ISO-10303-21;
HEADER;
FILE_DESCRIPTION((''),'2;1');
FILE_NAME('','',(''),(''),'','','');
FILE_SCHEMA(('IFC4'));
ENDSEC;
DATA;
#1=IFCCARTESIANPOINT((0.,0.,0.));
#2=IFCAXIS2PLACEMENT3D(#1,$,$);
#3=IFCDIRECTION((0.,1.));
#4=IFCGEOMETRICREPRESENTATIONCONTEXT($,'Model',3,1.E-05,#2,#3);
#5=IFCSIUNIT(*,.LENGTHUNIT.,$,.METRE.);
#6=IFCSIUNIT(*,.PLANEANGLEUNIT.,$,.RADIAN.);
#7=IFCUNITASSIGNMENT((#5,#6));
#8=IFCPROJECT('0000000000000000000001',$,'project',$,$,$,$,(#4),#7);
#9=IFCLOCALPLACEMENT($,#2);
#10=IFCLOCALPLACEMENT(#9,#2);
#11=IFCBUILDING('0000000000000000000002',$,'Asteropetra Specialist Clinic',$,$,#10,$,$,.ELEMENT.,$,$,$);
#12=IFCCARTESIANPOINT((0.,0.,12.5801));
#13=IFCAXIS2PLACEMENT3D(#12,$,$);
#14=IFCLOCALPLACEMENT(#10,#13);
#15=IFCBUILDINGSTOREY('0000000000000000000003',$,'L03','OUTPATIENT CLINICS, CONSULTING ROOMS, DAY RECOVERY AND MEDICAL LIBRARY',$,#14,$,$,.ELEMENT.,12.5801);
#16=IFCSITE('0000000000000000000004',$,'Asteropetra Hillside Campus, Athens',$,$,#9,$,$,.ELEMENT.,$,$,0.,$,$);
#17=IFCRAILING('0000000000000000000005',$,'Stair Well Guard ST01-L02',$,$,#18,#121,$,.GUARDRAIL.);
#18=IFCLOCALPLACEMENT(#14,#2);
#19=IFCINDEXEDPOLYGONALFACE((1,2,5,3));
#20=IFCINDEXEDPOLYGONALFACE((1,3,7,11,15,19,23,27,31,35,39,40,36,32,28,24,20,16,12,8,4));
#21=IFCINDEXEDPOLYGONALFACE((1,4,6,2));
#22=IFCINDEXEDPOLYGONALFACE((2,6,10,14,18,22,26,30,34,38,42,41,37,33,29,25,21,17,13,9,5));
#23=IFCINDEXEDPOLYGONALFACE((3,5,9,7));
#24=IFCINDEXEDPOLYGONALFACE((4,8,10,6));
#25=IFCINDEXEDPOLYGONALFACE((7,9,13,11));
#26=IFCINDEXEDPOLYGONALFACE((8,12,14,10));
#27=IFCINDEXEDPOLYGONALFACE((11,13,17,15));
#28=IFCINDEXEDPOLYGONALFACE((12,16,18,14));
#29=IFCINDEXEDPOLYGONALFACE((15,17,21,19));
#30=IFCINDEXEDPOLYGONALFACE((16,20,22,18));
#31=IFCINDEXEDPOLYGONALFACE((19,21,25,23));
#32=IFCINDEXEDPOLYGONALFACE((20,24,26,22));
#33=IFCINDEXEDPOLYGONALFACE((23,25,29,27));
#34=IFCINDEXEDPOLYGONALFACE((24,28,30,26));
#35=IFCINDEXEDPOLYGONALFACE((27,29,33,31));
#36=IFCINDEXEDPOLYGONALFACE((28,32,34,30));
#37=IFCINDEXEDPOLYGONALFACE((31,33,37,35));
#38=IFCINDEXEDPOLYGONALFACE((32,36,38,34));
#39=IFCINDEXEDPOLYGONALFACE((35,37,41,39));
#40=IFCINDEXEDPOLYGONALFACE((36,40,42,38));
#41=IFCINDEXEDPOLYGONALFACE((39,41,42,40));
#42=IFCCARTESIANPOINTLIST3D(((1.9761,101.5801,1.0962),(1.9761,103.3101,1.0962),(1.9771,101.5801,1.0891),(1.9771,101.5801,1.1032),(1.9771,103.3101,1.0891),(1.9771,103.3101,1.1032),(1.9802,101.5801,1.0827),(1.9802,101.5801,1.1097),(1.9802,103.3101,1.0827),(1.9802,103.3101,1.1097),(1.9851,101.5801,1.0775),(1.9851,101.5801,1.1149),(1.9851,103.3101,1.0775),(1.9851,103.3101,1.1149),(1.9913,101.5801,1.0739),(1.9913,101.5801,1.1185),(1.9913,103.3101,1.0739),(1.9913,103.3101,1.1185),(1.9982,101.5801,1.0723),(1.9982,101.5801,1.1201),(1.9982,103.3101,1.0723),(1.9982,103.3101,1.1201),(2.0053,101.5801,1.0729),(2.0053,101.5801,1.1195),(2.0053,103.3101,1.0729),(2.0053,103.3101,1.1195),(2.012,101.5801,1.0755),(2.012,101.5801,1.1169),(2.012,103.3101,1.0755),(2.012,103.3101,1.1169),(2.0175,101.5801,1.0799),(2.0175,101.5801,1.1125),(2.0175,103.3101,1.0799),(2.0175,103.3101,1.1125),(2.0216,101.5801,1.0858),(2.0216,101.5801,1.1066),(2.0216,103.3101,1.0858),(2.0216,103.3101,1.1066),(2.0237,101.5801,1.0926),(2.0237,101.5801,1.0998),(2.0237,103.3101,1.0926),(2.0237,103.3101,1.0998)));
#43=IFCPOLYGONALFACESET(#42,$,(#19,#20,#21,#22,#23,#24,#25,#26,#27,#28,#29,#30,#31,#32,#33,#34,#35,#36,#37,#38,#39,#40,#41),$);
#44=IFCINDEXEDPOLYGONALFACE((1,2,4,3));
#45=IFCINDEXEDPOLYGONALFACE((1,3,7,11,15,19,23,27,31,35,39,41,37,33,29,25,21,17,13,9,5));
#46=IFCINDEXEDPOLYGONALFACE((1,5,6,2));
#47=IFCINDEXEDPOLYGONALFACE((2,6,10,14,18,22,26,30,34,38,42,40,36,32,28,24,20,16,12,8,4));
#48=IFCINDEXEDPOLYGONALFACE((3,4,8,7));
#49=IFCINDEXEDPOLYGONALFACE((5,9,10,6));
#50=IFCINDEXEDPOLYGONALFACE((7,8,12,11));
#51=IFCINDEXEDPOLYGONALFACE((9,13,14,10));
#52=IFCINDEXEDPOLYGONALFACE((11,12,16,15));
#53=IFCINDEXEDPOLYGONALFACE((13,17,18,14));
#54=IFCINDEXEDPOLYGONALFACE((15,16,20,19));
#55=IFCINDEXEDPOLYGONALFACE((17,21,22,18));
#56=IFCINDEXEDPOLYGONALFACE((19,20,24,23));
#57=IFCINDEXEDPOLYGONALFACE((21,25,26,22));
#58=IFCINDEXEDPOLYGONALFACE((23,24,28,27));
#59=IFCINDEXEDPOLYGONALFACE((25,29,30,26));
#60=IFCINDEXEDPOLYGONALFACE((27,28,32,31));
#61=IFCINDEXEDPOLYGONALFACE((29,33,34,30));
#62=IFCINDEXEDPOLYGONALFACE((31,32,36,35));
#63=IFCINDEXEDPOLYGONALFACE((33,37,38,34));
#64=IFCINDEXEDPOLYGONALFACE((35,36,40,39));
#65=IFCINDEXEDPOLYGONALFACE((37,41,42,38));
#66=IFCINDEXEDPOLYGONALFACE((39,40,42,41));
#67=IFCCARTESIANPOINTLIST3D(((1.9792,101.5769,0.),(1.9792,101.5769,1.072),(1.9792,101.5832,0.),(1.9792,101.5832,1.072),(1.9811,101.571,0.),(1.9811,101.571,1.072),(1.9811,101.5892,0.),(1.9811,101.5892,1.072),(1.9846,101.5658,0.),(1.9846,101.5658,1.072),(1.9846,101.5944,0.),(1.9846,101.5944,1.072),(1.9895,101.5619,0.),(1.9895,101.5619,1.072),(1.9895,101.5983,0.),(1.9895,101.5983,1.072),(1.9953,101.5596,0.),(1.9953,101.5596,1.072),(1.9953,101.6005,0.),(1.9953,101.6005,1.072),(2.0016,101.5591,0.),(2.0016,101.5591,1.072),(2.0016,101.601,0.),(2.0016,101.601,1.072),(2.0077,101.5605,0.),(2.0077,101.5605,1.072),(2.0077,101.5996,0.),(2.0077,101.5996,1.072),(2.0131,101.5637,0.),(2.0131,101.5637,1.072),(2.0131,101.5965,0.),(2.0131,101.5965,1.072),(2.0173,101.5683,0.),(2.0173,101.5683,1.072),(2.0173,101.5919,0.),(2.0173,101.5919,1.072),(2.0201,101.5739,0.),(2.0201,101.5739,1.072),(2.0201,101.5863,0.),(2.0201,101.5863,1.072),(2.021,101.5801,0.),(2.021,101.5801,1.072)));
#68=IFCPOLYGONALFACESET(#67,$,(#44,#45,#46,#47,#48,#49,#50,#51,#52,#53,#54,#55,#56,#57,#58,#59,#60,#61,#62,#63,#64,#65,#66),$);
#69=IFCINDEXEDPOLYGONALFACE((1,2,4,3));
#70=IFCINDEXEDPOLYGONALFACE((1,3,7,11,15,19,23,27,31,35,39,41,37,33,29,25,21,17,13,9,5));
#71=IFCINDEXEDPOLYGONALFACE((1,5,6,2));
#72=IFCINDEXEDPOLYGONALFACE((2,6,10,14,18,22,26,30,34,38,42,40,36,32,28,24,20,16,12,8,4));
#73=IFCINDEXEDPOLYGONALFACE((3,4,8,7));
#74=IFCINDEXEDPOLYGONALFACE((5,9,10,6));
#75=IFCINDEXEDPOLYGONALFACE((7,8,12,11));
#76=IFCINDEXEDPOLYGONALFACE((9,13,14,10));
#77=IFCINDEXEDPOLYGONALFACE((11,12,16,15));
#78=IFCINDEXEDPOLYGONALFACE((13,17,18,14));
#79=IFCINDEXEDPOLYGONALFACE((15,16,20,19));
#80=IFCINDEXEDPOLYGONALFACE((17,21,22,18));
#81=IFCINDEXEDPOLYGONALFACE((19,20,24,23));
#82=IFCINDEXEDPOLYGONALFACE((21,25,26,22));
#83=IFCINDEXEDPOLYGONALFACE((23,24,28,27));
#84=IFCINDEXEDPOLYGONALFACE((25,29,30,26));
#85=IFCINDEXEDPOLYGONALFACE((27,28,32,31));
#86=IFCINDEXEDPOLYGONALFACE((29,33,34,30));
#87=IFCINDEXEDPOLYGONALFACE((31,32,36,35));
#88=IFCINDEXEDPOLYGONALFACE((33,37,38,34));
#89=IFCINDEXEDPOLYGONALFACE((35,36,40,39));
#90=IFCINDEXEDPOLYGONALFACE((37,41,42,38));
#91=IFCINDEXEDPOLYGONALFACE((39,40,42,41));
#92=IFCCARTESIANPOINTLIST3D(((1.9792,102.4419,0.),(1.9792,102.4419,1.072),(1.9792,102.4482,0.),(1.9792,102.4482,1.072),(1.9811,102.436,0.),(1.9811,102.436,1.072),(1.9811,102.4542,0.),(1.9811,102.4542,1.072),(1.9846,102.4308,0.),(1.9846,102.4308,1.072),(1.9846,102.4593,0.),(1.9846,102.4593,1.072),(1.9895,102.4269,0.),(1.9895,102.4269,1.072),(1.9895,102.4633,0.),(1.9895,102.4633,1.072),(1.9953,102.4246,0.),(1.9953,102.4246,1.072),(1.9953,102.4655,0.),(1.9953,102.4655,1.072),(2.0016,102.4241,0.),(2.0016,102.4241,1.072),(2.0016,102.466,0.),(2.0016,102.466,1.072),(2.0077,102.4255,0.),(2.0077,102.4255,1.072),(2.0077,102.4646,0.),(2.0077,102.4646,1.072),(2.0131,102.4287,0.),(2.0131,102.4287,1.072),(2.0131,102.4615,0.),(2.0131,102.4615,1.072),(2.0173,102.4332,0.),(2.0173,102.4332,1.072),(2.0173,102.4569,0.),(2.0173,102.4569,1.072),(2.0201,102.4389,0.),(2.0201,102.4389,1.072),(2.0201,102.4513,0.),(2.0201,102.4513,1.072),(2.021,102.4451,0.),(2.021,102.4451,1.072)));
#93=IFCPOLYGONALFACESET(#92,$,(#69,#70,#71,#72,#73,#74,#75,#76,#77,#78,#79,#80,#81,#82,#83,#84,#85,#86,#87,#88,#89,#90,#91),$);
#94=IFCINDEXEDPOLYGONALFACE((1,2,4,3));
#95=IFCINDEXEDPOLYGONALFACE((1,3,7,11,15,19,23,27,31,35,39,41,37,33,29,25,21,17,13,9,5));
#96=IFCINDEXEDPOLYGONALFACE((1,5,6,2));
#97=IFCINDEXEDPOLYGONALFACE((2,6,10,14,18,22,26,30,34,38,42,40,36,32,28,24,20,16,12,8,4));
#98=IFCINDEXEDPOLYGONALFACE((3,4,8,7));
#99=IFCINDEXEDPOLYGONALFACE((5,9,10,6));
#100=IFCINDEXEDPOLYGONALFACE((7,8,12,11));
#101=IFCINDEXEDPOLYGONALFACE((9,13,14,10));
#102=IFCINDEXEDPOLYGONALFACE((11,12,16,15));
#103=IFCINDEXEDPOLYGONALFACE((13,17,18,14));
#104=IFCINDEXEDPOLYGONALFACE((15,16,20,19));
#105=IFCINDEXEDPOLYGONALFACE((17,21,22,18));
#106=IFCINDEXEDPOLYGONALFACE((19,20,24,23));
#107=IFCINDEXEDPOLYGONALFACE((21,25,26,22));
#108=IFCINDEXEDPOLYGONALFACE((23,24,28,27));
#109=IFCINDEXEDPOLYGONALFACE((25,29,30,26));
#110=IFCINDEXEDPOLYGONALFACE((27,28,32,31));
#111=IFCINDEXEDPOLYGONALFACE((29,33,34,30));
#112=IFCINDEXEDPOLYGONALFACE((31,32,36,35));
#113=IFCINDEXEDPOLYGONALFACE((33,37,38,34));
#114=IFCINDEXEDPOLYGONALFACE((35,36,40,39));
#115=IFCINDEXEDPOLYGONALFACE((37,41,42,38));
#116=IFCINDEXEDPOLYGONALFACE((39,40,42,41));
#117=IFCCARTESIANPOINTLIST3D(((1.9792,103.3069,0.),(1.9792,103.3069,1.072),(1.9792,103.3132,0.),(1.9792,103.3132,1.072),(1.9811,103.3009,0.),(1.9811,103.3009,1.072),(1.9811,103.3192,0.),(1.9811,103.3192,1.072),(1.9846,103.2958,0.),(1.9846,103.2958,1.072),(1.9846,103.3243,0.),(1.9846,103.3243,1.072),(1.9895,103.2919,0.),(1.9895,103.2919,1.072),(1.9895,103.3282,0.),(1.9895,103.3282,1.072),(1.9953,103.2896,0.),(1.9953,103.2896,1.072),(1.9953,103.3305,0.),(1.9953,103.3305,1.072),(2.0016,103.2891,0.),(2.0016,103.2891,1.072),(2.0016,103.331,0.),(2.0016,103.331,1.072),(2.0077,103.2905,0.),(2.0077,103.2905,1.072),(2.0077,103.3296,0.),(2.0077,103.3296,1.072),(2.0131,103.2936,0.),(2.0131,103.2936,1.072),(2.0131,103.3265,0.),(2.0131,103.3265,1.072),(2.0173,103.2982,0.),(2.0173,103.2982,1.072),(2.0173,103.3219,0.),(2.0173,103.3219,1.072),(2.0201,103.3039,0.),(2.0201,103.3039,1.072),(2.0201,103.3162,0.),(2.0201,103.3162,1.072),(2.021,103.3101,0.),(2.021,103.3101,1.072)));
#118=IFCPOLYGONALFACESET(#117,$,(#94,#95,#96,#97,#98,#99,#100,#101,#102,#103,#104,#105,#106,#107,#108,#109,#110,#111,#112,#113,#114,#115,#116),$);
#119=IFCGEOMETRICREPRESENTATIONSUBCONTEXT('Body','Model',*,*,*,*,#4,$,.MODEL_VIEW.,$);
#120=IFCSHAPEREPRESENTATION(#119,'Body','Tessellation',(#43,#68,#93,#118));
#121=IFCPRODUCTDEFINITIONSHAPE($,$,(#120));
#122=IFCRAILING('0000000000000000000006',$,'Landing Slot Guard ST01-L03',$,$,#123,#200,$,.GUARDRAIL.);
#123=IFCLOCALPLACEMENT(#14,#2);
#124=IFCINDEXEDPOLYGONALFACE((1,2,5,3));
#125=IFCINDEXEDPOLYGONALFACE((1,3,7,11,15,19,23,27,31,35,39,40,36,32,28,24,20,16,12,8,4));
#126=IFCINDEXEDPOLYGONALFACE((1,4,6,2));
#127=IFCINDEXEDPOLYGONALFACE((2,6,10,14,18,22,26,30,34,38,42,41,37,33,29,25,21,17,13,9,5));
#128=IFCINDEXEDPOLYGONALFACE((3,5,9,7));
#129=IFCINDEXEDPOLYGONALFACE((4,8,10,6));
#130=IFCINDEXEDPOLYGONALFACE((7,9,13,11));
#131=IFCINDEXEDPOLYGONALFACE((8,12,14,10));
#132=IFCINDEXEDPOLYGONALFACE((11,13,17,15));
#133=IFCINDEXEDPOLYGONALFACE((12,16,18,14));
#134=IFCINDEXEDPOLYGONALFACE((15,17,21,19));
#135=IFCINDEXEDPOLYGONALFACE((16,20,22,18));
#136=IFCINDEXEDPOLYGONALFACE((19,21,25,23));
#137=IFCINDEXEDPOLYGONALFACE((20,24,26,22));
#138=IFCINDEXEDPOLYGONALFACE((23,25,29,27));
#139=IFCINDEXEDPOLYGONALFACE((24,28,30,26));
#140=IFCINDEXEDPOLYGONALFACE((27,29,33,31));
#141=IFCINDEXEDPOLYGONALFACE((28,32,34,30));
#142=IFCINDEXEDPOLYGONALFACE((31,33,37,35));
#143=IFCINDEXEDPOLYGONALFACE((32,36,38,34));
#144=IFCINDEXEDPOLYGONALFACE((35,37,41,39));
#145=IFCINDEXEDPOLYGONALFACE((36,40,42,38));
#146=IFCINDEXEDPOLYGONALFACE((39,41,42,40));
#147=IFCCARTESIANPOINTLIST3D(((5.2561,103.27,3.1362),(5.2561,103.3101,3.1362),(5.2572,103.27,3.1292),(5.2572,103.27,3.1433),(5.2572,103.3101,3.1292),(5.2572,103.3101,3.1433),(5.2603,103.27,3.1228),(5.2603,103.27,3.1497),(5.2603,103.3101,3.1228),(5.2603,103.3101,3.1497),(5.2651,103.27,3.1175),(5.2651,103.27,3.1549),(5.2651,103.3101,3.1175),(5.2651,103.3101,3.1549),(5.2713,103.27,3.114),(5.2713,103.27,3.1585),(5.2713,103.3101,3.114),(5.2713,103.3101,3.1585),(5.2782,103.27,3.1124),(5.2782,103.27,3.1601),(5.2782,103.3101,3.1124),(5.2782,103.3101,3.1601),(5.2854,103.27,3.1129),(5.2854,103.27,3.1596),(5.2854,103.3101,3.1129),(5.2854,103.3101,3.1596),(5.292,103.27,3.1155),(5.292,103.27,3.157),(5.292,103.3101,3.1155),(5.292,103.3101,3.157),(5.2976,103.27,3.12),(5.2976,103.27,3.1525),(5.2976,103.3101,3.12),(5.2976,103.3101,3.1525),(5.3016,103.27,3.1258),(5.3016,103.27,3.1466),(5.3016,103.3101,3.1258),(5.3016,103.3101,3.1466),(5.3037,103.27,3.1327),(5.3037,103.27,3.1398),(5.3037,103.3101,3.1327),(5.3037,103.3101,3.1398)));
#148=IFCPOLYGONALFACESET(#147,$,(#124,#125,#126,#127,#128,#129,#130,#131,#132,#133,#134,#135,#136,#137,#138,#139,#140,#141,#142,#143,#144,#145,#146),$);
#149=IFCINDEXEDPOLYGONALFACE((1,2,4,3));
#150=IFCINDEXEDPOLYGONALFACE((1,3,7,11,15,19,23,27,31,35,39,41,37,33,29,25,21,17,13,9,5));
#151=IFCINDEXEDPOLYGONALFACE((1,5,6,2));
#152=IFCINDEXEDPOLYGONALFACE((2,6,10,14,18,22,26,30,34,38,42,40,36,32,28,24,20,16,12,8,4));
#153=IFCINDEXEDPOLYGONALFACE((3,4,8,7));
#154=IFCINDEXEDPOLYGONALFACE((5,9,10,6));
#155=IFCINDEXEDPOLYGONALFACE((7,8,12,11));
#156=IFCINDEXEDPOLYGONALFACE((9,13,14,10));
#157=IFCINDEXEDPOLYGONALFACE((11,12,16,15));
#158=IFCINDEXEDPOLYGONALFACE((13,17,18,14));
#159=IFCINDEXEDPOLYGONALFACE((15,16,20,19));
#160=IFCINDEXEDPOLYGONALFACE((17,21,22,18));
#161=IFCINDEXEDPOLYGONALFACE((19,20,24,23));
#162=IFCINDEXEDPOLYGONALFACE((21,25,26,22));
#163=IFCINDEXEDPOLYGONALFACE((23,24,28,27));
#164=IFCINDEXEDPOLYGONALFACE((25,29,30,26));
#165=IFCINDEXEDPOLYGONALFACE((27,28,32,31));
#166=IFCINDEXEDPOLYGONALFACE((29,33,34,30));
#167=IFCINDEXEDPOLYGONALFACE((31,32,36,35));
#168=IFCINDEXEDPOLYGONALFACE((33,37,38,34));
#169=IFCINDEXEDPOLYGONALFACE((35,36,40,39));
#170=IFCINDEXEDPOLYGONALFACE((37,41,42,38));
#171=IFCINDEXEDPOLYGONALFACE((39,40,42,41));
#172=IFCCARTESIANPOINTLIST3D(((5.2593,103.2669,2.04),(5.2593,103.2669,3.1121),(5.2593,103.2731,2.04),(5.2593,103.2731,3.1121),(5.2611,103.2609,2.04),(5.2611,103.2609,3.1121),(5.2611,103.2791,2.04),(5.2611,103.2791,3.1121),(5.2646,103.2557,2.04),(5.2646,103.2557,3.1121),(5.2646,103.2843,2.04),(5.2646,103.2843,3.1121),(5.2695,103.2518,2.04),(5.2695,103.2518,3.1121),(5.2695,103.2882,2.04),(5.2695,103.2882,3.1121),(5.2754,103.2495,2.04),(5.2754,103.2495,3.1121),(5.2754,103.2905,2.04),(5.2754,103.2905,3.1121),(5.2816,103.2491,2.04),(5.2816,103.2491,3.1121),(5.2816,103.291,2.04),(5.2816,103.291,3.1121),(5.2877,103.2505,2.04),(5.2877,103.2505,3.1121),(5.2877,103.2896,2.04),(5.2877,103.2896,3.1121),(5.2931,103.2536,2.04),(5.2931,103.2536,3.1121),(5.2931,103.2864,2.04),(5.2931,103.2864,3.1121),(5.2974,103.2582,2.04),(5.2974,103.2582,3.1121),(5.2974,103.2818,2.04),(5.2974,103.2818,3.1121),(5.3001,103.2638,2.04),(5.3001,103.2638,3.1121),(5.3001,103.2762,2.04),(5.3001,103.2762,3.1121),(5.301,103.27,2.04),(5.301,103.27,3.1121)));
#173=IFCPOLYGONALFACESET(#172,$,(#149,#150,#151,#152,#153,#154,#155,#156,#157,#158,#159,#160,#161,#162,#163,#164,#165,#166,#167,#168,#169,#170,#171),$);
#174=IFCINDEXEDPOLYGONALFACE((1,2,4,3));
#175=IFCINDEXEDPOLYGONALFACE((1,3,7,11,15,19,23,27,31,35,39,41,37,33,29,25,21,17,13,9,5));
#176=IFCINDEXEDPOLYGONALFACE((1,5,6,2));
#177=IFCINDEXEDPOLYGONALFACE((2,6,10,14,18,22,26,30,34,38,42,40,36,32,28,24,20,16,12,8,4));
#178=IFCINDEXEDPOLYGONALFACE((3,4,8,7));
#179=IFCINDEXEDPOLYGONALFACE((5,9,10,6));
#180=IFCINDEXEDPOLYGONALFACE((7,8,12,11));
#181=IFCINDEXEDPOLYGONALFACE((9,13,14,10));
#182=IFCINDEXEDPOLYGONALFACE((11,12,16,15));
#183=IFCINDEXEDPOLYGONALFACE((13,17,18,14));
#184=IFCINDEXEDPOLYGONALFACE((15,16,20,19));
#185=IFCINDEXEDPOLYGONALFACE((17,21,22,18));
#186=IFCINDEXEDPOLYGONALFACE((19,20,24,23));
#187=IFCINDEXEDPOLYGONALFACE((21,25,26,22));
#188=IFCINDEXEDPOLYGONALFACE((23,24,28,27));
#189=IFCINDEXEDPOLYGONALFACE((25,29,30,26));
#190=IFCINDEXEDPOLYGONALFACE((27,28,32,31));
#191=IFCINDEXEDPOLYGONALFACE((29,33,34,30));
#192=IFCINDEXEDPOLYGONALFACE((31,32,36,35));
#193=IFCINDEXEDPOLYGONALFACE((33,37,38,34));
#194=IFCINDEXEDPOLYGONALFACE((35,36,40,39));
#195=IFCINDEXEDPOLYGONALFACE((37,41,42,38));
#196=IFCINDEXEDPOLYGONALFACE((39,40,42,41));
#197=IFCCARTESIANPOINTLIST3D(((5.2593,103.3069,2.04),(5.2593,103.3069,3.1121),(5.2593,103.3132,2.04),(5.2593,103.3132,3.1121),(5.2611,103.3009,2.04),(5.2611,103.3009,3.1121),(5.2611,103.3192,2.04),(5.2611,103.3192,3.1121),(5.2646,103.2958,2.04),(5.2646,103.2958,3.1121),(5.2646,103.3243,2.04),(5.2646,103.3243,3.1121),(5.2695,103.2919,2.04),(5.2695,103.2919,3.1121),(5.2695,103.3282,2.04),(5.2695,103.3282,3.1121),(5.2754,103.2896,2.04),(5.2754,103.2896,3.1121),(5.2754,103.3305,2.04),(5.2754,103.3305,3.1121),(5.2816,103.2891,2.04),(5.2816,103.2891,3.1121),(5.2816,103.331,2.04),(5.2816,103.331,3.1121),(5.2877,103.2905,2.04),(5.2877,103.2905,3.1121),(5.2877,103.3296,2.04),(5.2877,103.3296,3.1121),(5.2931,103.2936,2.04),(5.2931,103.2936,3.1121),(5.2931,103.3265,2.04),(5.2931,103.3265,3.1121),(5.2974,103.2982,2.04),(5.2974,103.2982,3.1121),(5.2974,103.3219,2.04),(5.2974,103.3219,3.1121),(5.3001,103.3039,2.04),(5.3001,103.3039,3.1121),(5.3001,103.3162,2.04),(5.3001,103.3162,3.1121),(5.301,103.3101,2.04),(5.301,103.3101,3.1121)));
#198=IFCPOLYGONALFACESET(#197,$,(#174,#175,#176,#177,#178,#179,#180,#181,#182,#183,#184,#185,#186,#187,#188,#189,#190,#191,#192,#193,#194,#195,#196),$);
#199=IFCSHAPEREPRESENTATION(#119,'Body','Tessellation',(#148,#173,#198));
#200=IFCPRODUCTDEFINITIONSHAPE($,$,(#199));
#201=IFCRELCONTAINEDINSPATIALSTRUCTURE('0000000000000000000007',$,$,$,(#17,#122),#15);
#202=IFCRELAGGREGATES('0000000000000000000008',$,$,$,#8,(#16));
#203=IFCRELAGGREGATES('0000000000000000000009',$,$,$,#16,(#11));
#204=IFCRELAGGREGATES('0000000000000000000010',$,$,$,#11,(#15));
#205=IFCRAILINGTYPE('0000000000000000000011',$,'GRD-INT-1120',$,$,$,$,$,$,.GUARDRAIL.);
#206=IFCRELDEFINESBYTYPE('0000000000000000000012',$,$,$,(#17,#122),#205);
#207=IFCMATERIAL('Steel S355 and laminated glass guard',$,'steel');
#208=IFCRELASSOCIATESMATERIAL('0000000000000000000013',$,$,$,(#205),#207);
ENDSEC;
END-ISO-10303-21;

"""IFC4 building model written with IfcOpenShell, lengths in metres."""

from ifc_helpers import new_model, si_unit, direction, frame, origin, origin_2d, place, context, subcontext, project, spatial, circle, extrude, material, type_object, element, save


model = new_model("IFC4")

# Units and contexts
model_context = context("Model", 3, precision=1e-05, world=origin(), true_north=direction((0.0, 1.0)))
body_context = subcontext(model_context, "Body", "Model", "MODEL_VIEW")
ifc_project = project(units=[si_unit("LENGTHUNIT", "METRE"), si_unit("PLANEANGLEUNIT", "RADIAN")], contexts=[model_context])

# Site, building, storey
site_placement = place(None, origin())
site = spatial("IfcSite", under=ifc_project, at=site_placement, Name="Asteropetra Hillside Campus, Athens", CompositionType="ELEMENT", RefElevation=0.0)
building_placement = place(site_placement, origin())
building = spatial("IfcBuilding", under=site, at=building_placement, Name="Asteropetra Specialist Clinic", CompositionType="ELEMENT")
storey_placement = place(building_placement, frame((0.0, 0.0, 12.5801)))
storey = spatial("IfcBuildingStorey", under=building, at=storey_placement, Name="L03", Description="OUTPATIENT CLINICS, CONSULTING ROOMS, DAY RECOVERY AND MEDICAL LIBRARY", CompositionType="ELEMENT", Elevation=12.5801)

# Railings
ifc_material_1 = material(Name="Steel S355 and laminated glass guard", Category="steel")
railing_type_1 = type_object("IfcRailingType", Name="GRD-INT-1120", PredefinedType="GUARDRAIL", material=ifc_material_1)
railing_1_placement = place(storey_placement, frame((2.0, 101.5801, 0.0)))
element("IfcRailing", 1, at=railing_1_placement, inside=storey, type_object=railing_type_1, Name="Stair Well Guard ST01-L02", PredefinedType="GUARDRAIL", context=body_context, shape_type="SweptSolid", body=[
    extrude(circle(Radius=0.0239, at=origin_2d()), frame((0.0, 0.0, 1.0962), z_axis=(0.0, 1.0, 0.0), x_axis=(-1.0, 0.0, 0.0)), (0.0, 0.0, 1.0), 1.73),
    extrude(circle(Radius=0.021, at=origin_2d()), origin(), (0.0, 0.0, 1.0), 1.072),
    extrude(circle(Radius=0.021, at=origin_2d()), frame((0.0, 0.865, 0.0)), (0.0, 0.0, 1.0), 1.072),
    extrude(circle(Radius=0.021, at=origin_2d()), frame((0.0, 1.73, 0.0)), (0.0, 0.0, 1.0), 1.072),
])
railing_2_placement = place(storey_placement, frame((5.28, 103.27, 2.04)))
element("IfcRailing", 2, at=railing_2_placement, inside=storey, type_object=railing_type_1, Name="Landing Slot Guard ST01-L03", PredefinedType="GUARDRAIL", context=body_context, shape_type="SweptSolid", body=[
    extrude(circle(Radius=0.0239, at=origin_2d()), frame((0.0, 0.0, 1.0962), z_axis=(0.0, 1.0, 0.0), x_axis=(-1.0, 0.0, 0.0)), (0.0, 0.0, 1.0), 0.04),
    extrude(circle(Radius=0.021, at=origin_2d()), origin(), (0.0, 0.0, 1.0), 1.072),
    extrude(circle(Radius=0.021, at=origin_2d()), frame((0.0, 0.04, 0.0)), (0.0, 0.0, 1.0), 1.072),
])

save(model, "model.ifc")
